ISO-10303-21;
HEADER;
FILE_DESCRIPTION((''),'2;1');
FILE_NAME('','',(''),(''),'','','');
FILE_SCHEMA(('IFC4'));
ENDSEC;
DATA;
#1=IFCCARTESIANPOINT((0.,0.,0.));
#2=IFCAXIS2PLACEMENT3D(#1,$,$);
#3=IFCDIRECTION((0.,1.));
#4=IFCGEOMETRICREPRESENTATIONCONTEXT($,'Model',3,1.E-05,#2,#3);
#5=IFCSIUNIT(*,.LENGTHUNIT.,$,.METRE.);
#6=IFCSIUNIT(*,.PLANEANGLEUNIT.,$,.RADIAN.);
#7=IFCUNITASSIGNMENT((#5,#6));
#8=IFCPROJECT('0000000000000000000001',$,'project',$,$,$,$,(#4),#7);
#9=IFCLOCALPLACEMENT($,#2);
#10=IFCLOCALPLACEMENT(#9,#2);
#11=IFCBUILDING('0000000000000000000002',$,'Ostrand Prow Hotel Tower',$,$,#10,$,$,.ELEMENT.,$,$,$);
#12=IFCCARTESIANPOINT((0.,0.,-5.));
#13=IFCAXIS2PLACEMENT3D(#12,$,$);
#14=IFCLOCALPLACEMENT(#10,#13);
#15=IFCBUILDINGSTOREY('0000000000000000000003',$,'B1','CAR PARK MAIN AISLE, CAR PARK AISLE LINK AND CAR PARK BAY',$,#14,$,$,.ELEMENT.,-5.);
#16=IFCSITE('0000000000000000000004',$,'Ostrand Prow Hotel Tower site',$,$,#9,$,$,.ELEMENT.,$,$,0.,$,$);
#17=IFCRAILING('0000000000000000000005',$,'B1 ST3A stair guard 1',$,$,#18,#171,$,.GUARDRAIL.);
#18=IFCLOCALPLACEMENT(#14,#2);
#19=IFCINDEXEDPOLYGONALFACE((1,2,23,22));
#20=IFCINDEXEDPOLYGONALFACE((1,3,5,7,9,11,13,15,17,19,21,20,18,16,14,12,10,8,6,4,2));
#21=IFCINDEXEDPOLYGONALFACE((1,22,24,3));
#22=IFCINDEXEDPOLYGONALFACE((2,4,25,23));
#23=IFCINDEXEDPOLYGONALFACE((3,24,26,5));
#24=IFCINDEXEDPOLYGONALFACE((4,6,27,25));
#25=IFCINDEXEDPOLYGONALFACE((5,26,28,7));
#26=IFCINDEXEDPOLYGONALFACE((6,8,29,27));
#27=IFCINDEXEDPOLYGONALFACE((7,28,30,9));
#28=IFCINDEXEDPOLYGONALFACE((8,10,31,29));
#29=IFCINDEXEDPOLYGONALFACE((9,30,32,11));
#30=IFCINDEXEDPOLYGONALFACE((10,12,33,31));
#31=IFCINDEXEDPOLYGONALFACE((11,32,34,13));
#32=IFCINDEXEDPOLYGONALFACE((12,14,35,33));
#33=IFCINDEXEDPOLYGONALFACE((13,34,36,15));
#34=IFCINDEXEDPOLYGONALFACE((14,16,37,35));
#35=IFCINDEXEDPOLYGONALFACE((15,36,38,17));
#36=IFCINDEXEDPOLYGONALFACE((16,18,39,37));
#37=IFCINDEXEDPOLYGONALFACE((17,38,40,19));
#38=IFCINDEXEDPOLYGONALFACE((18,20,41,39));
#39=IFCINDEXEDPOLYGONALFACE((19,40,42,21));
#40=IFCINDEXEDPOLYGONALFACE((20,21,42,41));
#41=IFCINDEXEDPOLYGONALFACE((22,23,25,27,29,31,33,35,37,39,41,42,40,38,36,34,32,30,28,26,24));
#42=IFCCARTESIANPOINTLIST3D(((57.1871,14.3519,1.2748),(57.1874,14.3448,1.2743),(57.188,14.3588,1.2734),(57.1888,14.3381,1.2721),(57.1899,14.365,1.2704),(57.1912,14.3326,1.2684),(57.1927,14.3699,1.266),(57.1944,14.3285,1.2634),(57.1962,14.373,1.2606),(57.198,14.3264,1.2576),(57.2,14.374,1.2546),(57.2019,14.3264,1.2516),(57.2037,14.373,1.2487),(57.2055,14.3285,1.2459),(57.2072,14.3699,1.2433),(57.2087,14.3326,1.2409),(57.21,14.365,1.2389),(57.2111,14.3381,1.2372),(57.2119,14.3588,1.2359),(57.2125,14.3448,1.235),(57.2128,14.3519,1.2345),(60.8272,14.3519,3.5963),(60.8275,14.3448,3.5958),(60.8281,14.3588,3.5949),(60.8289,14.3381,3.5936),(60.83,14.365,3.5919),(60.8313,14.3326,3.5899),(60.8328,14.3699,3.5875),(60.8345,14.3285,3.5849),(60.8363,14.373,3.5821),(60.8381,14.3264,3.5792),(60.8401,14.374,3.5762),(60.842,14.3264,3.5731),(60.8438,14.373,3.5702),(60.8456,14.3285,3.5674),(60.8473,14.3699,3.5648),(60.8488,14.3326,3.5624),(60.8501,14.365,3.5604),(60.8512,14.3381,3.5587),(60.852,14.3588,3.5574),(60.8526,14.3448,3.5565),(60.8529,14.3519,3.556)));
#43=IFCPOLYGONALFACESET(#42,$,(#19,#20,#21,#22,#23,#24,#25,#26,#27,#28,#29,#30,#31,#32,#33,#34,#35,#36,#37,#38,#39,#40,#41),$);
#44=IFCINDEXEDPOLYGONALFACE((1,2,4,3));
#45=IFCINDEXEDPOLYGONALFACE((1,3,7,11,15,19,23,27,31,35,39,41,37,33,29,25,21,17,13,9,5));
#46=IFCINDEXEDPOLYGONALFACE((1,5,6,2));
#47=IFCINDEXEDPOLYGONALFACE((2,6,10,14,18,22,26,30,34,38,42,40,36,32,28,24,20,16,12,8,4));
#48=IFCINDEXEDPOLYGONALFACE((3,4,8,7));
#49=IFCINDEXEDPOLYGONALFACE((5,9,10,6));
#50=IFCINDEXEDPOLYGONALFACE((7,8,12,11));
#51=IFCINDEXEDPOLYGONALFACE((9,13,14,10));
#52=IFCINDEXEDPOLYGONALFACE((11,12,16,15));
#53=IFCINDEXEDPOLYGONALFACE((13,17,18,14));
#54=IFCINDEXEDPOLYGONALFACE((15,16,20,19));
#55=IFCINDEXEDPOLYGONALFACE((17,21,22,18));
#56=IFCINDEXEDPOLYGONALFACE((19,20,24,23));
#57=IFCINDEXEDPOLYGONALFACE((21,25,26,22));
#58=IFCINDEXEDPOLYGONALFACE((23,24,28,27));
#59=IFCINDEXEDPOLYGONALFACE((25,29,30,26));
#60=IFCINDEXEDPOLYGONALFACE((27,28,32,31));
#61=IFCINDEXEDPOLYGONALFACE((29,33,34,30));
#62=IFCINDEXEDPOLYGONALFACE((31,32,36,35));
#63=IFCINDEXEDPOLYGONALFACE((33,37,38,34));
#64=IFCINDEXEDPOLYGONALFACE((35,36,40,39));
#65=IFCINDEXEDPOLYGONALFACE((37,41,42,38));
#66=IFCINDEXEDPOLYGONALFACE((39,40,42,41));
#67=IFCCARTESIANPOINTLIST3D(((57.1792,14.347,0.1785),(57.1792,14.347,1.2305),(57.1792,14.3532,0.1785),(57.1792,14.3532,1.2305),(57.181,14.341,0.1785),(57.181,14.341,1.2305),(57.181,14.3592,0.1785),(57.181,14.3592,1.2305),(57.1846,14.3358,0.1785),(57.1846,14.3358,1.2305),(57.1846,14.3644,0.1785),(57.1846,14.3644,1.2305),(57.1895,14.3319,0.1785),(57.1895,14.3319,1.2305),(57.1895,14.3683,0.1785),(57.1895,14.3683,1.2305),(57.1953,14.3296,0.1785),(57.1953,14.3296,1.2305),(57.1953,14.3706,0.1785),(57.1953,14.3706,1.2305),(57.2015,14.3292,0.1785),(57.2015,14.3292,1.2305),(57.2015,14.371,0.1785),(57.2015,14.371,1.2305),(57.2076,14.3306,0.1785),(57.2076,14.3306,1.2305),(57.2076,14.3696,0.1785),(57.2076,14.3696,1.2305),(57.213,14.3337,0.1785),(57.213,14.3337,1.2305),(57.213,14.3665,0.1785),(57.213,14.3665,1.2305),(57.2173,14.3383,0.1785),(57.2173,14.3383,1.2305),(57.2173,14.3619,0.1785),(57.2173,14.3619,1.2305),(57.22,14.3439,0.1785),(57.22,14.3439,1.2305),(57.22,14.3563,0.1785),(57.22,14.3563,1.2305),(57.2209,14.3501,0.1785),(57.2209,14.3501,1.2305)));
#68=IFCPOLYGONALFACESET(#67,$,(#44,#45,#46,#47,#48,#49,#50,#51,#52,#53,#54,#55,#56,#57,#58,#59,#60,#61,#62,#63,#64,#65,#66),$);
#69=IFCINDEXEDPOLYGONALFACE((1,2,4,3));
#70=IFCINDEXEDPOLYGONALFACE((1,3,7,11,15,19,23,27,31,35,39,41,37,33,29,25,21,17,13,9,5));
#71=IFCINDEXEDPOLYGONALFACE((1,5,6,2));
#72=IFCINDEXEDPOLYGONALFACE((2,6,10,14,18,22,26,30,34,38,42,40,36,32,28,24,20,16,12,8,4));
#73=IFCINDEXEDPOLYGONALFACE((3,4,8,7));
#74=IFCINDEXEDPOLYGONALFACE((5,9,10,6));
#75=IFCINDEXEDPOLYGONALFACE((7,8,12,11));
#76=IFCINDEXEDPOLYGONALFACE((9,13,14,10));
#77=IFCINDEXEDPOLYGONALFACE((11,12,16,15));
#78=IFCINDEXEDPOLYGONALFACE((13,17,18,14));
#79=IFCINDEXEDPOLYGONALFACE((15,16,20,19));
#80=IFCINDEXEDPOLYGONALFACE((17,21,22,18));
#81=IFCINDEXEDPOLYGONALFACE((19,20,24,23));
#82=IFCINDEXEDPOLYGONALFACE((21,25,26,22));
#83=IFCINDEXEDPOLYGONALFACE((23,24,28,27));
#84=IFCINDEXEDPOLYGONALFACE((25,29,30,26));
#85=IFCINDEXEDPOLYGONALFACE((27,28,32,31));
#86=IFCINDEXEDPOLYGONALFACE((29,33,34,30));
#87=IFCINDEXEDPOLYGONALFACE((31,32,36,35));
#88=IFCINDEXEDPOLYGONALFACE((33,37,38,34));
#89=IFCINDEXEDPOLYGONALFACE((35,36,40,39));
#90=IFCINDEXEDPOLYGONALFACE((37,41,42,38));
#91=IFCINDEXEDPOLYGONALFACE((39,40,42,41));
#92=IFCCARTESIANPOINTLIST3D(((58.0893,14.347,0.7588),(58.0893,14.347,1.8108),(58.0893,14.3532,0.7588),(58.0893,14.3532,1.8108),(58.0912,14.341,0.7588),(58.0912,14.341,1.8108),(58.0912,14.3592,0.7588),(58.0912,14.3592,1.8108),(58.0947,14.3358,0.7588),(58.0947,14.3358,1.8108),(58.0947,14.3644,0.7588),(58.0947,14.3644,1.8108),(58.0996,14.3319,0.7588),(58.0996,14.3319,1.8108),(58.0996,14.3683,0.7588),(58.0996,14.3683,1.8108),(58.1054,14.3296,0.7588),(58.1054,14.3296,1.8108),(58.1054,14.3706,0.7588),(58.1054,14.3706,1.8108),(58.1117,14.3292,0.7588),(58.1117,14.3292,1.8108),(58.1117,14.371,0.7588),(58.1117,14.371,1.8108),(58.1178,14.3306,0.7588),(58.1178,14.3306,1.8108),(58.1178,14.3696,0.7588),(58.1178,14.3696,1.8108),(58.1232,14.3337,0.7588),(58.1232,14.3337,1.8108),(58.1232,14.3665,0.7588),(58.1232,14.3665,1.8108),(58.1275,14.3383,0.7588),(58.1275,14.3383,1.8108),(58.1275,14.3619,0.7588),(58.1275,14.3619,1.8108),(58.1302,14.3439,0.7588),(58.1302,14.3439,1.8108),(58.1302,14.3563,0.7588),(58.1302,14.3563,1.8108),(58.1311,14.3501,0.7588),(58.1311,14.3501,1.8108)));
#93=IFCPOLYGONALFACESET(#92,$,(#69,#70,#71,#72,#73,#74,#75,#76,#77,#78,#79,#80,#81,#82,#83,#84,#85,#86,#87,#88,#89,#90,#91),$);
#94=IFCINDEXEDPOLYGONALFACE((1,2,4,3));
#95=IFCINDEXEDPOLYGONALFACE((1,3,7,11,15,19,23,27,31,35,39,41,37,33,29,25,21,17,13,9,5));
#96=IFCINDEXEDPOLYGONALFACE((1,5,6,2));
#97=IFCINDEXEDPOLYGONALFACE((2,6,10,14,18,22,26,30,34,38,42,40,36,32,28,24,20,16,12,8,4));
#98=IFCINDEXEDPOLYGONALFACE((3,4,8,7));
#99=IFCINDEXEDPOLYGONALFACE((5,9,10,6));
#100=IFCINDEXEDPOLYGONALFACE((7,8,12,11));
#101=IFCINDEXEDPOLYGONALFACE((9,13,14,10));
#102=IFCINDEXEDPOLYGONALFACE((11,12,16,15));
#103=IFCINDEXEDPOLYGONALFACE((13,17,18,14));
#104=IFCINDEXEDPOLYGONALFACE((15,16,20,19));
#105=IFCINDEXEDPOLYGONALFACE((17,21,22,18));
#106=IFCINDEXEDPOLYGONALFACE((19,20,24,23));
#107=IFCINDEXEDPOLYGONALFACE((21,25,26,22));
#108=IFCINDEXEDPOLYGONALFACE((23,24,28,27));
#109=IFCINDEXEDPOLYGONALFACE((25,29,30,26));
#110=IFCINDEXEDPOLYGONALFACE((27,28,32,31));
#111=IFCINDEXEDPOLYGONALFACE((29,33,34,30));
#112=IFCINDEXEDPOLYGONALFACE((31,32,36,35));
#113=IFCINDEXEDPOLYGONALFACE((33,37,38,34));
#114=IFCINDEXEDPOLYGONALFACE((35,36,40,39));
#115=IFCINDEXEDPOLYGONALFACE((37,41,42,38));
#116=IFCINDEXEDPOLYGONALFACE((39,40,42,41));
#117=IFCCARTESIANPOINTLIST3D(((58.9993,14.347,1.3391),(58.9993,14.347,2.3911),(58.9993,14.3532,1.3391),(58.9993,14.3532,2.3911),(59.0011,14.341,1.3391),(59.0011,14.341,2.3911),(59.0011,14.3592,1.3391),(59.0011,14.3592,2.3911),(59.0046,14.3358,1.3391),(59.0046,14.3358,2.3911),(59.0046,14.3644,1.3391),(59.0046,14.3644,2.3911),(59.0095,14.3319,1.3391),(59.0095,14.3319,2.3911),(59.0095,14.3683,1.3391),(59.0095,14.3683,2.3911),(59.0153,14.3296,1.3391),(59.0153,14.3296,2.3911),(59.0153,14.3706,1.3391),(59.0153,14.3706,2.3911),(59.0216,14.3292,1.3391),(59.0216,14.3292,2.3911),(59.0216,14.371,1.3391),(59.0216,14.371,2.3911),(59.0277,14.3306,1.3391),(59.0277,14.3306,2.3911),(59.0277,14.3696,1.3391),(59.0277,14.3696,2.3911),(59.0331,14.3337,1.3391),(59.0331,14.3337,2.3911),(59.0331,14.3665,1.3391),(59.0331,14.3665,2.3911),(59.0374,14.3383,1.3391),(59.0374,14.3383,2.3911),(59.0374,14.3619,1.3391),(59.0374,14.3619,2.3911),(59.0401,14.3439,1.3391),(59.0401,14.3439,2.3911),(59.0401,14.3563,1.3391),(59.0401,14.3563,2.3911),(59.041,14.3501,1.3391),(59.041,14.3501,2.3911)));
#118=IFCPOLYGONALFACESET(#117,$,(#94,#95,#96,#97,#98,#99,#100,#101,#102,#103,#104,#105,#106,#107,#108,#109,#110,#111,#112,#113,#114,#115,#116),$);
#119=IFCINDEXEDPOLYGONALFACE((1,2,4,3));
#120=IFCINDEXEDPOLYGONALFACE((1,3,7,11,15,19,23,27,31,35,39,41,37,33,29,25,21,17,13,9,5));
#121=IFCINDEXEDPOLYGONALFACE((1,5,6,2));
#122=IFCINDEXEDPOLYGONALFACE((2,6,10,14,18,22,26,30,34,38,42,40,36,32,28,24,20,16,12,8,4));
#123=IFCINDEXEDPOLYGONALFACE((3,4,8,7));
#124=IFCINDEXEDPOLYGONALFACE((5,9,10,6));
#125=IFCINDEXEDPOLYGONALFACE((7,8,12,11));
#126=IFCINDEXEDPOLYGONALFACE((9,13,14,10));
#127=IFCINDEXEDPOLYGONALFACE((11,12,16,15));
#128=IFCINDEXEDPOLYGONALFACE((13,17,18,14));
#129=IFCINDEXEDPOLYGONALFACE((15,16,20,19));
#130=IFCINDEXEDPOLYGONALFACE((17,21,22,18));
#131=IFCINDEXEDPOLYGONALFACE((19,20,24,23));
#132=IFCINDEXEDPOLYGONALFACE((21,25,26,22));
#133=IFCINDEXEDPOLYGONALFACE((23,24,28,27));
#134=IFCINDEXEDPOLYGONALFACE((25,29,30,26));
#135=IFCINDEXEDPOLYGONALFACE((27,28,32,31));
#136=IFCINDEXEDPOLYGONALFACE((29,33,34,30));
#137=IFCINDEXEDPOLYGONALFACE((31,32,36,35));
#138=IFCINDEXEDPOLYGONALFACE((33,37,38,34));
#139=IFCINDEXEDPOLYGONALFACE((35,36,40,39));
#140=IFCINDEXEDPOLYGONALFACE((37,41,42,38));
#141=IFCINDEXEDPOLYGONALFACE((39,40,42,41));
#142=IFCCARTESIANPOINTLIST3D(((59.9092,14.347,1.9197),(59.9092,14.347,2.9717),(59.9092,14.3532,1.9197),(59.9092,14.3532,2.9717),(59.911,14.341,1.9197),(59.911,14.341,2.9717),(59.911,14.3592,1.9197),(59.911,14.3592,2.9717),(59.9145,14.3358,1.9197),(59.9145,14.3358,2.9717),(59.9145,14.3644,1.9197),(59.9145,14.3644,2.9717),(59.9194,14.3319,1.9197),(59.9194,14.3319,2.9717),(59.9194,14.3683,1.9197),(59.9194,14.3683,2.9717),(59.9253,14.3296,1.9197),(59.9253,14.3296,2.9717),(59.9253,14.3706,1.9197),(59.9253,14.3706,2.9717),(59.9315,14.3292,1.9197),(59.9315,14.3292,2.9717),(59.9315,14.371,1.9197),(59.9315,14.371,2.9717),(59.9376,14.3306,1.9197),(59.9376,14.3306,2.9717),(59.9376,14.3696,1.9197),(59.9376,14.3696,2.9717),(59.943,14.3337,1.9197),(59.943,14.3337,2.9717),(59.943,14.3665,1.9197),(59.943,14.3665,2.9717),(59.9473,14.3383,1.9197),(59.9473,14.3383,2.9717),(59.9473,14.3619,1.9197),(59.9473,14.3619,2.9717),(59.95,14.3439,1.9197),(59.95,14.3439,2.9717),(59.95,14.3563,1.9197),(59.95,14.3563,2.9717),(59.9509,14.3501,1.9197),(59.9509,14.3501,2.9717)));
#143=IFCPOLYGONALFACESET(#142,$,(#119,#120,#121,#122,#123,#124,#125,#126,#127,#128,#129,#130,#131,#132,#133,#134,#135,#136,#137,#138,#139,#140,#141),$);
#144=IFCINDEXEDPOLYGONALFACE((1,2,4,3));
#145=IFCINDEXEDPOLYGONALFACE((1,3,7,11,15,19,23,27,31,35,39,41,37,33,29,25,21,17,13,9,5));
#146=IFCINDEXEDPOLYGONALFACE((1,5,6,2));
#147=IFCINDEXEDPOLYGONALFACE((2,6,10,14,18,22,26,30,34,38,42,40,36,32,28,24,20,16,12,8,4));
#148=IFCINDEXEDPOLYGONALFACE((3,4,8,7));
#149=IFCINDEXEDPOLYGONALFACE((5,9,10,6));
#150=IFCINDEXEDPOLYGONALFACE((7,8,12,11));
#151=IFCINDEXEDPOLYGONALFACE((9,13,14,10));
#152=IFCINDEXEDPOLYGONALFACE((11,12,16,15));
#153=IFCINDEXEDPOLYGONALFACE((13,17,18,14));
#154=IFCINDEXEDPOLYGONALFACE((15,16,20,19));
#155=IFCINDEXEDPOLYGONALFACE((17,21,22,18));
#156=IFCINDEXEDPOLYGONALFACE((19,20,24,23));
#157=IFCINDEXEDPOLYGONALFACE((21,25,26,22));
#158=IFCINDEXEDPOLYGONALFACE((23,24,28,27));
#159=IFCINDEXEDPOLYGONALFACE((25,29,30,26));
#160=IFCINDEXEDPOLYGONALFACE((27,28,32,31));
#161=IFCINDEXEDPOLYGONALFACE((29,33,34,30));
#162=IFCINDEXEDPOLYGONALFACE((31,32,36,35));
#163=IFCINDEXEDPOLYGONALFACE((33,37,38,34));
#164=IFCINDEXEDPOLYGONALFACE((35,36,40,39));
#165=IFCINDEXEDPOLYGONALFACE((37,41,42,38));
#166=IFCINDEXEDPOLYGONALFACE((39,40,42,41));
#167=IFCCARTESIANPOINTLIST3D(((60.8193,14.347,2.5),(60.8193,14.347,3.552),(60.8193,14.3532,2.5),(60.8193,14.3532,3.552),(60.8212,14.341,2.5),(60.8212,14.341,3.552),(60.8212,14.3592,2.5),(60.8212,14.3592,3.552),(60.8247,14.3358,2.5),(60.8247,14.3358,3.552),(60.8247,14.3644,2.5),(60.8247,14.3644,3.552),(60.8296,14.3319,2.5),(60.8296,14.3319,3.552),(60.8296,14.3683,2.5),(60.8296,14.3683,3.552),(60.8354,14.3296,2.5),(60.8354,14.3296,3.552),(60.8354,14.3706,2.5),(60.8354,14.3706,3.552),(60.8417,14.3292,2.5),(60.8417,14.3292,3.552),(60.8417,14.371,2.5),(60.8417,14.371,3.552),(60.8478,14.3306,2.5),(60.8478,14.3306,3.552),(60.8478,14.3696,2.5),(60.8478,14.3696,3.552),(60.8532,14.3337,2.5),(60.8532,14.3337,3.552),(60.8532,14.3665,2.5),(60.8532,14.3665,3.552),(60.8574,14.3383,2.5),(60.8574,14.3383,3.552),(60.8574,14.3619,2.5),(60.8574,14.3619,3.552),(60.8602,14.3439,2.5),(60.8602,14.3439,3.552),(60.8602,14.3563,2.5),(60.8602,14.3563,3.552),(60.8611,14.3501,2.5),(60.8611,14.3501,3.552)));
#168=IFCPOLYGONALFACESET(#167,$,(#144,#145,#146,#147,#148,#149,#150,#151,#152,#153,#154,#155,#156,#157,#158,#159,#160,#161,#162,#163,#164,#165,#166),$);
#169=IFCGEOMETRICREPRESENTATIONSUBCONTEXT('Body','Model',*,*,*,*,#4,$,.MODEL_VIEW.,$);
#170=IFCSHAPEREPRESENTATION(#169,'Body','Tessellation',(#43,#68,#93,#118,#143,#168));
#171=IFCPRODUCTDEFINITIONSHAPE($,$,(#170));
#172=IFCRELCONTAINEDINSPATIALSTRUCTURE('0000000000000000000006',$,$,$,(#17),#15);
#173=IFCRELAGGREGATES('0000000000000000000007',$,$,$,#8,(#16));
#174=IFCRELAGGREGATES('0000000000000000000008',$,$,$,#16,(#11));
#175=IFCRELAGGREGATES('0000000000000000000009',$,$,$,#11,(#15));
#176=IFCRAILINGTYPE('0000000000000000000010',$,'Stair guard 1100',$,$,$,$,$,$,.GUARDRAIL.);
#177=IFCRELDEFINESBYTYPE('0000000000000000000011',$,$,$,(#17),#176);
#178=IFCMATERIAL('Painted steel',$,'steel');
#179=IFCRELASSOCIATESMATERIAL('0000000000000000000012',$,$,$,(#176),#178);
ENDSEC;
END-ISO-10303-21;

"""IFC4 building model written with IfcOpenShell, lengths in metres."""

from ifc_helpers import new_model, si_unit, direction, frame, origin, origin_2d, place, context, subcontext, project, spatial, circle, extrude, material, type_object, element, save


model = new_model("IFC4")

# Units and contexts
model_context = context("Model", 3, precision=1e-05, world=origin(), true_north=direction((0.0, 1.0)))
body_context = subcontext(model_context, "Body", "Model", "MODEL_VIEW")
ifc_project = project(units=[si_unit("LENGTHUNIT", "METRE"), si_unit("PLANEANGLEUNIT", "RADIAN")], contexts=[model_context])

# Site, building, storey
site_placement = place(None, origin())
site = spatial("IfcSite", under=ifc_project, at=site_placement, Name="Ostrand Prow Hotel Tower site", CompositionType="ELEMENT", RefElevation=0.0)
building_placement = place(site_placement, origin())
building = spatial("IfcBuilding", under=site, at=building_placement, Name="Ostrand Prow Hotel Tower", CompositionType="ELEMENT")
storey_placement = place(building_placement, frame((0.0, 0.0, -5.0)))
storey = spatial("IfcBuildingStorey", under=building, at=storey_placement, Name="B1", Description="CAR PARK MAIN AISLE, CAR PARK AISLE LINK AND CAR PARK BAY", CompositionType="ELEMENT", Elevation=-5.0)

# Railing
ifc_material_1 = material(Name="Painted steel", Category="steel")
railing_type_1 = type_object("IfcRailingType", Name="Stair guard 1100", PredefinedType="GUARDRAIL", material=ifc_material_1)
railing_1_placement = place(storey_placement, frame((57.2, 14.3501, 0.1785)))
element("IfcRailing", 1, at=railing_1_placement, inside=storey, type_object=railing_type_1, Name="B1 ST3A stair guard 1", PredefinedType="GUARDRAIL", context=body_context, shape_type="SweptSolid", body=[
    extrude(circle(Radius=0.0239, at=origin_2d()), frame((0.0, 0.0, 1.0762), z_axis=(0.843128, 0.0, 0.537713), x_axis=(0.0, 1.0, 0.0)), (0.0, 0.0, 1.0), 4.3174),
    extrude(circle(Radius=0.021, at=origin_2d()), origin(), (0.0, 0.0, 1.0), 1.052),
    extrude(circle(Radius=0.021, at=origin_2d()), frame((0.9102, 0.0, 0.5803)), (0.0, 0.0, 1.0), 1.052),
    extrude(circle(Radius=0.021, at=origin_2d()), frame((1.8201, 0.0, 1.1606)), (0.0, 0.0, 1.0), 1.052),
    extrude(circle(Radius=0.021, at=origin_2d()), frame((2.73, 0.0, 1.7412)), (0.0, 0.0, 1.0), 1.052),
    extrude(circle(Radius=0.021, at=origin_2d()), frame((3.6401, 0.0, 2.3215)), (0.0, 0.0, 1.0), 1.052),
])

save(model, "model.ifc")
